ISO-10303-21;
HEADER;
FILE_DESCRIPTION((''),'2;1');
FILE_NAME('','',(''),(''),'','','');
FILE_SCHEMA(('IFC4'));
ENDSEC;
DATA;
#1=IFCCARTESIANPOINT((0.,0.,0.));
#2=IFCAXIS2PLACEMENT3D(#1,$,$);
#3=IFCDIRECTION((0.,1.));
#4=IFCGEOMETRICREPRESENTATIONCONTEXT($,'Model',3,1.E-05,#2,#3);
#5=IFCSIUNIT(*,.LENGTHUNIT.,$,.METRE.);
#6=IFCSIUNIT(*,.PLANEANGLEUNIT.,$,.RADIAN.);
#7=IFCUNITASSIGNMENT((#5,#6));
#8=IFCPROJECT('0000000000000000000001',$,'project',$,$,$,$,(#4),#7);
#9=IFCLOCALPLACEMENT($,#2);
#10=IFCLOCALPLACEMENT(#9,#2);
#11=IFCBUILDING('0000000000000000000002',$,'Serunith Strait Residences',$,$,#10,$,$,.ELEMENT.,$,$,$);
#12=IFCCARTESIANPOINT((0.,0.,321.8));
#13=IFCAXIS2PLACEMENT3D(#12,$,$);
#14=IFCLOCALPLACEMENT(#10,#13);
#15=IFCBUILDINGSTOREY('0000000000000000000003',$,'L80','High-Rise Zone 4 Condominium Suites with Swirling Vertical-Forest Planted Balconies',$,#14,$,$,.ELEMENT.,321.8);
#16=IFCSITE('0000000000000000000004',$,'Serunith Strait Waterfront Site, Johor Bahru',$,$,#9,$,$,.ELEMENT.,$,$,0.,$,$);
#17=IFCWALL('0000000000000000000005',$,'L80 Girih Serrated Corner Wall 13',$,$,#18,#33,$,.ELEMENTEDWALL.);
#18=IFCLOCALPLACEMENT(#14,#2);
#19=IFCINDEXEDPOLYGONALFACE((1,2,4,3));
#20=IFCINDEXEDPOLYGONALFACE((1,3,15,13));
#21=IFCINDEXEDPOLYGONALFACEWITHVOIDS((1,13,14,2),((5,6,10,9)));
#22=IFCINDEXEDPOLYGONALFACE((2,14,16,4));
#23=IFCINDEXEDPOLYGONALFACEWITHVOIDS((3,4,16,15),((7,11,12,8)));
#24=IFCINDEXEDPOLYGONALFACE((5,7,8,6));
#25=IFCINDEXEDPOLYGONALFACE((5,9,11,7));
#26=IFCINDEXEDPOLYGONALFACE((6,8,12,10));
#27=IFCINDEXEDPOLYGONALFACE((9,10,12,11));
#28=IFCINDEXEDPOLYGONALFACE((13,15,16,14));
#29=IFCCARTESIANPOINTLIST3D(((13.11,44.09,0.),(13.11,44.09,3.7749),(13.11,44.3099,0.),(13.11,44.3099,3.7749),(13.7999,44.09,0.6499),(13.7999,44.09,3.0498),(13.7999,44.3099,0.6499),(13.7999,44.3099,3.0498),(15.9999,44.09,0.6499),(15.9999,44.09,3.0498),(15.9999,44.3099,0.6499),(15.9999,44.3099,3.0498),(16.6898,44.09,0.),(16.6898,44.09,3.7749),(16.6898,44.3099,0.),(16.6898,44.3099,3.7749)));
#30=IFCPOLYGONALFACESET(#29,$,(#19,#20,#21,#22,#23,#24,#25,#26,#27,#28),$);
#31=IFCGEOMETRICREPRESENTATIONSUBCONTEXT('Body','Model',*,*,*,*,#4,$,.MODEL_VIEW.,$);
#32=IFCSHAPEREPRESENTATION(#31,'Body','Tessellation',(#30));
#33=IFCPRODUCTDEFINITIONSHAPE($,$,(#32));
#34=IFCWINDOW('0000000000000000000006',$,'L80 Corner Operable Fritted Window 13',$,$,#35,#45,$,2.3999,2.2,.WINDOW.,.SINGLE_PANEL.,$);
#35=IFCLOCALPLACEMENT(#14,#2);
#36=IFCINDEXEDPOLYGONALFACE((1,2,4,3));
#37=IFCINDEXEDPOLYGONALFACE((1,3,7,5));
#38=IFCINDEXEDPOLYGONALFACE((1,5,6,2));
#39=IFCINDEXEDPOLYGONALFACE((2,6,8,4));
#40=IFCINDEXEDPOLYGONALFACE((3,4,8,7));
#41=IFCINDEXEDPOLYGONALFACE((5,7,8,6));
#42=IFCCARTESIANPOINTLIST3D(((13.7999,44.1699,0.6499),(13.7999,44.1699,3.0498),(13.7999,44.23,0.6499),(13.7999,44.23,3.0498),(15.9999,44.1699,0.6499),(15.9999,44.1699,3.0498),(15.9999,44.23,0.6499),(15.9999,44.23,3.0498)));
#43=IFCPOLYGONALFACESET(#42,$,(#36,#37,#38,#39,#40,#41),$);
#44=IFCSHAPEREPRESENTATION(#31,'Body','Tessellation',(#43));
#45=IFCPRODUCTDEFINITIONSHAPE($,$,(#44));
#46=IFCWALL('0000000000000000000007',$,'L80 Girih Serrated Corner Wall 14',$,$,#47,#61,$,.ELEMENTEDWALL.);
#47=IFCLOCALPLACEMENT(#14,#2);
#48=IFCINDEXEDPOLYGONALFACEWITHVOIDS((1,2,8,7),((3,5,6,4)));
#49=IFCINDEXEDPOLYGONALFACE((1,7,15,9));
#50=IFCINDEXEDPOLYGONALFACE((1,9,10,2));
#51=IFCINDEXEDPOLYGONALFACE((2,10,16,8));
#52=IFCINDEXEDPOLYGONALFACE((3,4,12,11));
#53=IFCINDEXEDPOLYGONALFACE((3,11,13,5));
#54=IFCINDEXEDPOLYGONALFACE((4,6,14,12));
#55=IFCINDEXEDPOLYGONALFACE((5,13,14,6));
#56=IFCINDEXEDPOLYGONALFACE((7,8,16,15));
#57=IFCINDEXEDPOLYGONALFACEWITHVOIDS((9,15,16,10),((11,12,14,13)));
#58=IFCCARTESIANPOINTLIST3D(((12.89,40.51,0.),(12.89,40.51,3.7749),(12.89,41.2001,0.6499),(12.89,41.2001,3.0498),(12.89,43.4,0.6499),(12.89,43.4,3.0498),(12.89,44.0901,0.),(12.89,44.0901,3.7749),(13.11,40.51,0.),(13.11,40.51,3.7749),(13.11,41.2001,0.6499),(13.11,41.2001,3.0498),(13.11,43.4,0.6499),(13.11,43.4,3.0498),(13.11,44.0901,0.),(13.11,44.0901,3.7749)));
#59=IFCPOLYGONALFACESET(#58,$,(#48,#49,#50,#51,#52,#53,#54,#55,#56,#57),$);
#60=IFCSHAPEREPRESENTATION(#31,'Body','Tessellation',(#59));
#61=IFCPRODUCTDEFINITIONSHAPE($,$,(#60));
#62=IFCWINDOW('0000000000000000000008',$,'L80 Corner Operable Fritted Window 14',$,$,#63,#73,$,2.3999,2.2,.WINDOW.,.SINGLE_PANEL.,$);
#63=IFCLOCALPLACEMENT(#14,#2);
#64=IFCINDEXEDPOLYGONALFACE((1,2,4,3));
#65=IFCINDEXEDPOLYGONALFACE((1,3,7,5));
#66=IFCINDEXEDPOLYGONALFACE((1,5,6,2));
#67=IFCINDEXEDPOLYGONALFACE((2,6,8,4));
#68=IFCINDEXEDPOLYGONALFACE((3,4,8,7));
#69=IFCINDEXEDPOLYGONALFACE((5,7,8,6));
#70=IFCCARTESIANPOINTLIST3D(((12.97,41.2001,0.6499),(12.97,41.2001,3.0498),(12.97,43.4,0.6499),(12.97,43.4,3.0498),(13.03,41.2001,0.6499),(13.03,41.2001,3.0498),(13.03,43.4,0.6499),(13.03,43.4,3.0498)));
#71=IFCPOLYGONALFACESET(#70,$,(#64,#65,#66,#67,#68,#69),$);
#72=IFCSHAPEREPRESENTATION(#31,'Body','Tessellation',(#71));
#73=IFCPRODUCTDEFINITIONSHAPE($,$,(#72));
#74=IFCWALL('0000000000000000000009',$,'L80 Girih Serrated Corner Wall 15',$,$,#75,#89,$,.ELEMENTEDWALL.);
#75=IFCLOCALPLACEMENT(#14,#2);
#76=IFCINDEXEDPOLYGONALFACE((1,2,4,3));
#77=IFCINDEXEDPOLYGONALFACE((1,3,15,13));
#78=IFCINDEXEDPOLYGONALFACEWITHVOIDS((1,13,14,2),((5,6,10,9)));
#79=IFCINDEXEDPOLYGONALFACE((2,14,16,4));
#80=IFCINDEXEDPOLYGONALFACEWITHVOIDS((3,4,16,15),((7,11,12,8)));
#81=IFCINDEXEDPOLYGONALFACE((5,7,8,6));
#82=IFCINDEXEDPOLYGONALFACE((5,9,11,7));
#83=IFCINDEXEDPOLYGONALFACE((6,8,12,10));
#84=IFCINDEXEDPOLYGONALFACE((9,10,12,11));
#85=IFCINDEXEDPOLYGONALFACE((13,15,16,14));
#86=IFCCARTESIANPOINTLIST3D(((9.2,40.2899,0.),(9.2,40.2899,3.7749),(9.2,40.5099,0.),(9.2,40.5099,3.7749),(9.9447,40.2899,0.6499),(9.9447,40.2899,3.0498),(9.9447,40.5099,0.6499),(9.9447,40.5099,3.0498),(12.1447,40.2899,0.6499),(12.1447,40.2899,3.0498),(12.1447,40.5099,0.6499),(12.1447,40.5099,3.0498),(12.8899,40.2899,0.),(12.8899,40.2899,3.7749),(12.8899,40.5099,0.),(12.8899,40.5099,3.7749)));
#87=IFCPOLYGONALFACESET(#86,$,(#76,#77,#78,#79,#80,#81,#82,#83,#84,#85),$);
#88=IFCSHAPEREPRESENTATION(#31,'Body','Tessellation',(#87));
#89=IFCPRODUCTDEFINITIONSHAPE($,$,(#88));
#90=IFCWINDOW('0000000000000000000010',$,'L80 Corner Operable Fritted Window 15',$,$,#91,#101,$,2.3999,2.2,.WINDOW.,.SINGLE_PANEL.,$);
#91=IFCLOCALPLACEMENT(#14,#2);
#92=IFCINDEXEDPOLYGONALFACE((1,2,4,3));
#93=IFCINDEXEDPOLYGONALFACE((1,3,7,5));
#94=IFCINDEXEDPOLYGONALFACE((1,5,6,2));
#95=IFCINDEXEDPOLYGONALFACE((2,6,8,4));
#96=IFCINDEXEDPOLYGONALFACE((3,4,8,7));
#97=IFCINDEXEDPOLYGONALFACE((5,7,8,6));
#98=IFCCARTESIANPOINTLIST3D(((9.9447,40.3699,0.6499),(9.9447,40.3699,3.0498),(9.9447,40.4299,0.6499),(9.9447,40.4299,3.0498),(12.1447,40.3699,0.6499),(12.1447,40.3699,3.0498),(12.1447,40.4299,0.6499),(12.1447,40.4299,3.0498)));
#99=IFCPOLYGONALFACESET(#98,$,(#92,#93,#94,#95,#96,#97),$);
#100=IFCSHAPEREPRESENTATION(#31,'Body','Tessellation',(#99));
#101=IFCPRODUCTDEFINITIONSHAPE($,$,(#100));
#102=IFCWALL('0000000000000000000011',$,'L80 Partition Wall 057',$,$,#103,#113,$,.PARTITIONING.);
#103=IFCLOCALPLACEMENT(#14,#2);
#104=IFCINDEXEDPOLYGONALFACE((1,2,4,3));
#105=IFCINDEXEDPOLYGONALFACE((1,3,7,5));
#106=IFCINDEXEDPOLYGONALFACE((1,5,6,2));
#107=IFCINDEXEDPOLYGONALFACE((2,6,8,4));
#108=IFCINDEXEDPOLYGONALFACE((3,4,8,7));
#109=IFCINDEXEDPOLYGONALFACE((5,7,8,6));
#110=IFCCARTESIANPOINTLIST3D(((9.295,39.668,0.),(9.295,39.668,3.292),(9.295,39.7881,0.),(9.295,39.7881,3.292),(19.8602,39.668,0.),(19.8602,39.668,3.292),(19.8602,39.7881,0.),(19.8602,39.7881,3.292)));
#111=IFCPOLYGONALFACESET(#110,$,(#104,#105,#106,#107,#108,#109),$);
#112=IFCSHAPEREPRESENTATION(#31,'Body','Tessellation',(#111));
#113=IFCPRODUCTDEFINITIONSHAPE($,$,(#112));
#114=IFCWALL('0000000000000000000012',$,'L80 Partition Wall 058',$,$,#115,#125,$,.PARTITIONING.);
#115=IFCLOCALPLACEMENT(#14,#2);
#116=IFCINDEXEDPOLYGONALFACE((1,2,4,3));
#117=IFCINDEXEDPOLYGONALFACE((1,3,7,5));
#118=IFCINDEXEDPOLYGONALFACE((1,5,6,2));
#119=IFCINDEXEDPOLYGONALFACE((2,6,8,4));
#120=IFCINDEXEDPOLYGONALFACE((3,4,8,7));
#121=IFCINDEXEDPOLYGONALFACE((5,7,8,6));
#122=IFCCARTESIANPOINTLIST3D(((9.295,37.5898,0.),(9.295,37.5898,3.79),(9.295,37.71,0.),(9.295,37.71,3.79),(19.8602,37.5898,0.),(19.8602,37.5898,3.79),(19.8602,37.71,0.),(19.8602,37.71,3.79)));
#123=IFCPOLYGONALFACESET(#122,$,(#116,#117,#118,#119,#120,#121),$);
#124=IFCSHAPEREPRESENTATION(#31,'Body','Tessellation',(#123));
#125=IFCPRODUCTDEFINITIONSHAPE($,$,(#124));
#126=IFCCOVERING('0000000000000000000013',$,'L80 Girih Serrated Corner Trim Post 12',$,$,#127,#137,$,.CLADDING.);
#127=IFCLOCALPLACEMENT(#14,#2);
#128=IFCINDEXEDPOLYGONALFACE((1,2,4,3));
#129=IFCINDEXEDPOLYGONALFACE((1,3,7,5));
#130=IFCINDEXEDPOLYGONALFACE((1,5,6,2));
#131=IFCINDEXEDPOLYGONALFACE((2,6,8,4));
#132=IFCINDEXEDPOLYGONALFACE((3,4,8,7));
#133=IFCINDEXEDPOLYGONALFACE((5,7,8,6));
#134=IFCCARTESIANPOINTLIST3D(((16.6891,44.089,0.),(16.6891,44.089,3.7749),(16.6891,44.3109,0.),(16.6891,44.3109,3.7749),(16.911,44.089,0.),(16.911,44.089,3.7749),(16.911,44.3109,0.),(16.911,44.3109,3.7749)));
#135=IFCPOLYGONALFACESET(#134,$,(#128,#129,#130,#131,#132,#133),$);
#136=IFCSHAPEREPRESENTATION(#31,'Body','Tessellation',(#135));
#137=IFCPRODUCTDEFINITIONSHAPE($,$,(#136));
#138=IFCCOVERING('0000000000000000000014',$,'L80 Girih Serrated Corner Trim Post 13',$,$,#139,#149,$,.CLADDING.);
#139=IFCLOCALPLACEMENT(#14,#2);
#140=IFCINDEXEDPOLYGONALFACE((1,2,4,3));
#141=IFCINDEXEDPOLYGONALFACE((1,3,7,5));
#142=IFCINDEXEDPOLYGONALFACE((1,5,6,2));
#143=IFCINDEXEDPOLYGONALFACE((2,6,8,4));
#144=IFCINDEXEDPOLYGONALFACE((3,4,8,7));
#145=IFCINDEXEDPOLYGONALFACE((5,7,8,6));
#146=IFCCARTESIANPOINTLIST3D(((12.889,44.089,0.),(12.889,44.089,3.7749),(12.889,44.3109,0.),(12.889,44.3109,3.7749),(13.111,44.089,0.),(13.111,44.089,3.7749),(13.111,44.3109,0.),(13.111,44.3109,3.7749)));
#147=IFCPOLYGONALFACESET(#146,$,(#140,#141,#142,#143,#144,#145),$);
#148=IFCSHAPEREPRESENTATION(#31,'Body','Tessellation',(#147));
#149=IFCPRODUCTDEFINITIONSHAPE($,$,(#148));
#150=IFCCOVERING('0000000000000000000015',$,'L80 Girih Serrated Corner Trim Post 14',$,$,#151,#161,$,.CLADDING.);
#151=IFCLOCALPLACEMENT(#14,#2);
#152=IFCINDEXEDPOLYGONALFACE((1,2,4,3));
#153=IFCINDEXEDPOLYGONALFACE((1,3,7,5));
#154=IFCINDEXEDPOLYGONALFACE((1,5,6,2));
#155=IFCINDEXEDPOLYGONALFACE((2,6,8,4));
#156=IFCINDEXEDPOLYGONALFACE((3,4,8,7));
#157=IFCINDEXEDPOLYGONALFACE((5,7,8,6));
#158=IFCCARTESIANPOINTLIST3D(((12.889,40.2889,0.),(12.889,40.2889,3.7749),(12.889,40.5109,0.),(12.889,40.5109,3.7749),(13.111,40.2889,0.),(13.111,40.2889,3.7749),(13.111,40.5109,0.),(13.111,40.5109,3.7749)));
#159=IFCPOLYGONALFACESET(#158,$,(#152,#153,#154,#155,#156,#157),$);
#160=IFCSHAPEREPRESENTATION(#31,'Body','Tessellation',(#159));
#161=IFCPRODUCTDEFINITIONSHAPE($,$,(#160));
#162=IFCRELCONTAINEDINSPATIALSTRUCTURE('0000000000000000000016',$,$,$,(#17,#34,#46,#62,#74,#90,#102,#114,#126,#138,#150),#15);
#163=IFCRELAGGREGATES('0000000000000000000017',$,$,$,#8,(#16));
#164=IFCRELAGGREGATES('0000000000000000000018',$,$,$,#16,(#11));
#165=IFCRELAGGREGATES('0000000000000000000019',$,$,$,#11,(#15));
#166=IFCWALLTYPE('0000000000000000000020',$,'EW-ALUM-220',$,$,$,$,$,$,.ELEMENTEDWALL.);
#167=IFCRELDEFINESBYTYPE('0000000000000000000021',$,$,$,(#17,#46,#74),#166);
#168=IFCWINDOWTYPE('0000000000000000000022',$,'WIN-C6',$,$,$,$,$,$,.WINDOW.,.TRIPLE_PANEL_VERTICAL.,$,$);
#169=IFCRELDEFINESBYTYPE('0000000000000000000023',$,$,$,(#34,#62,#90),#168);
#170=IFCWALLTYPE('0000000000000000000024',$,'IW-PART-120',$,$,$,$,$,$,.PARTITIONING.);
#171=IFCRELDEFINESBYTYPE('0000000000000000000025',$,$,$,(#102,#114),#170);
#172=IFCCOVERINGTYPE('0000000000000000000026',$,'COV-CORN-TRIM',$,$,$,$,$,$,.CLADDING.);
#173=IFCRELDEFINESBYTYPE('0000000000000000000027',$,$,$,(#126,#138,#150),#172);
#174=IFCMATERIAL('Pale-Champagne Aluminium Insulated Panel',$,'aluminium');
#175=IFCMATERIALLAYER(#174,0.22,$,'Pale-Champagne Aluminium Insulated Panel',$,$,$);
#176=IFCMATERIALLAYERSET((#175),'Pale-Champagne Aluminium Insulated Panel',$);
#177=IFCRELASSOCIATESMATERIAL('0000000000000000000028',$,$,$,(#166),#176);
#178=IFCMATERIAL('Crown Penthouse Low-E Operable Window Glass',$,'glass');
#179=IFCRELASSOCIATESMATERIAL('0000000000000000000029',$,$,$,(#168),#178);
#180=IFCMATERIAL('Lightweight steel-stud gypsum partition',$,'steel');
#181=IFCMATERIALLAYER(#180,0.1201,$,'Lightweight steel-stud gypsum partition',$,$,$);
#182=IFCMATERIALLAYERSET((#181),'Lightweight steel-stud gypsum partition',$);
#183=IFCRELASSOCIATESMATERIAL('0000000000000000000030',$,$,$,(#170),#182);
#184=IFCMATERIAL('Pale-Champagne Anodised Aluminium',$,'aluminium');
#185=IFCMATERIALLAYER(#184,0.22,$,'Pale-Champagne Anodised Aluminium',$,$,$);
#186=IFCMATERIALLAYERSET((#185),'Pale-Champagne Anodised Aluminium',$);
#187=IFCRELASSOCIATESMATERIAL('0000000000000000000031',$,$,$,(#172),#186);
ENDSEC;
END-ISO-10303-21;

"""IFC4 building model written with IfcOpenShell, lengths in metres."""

from ifc_helpers import new_model, si_unit, direction, frame, frame_2d, origin, origin_2d, place, context, subcontext, project, spatial, rectangle, extrude, source, transform, mapped, material, layer, layer_set, type_object, element, fill, save


model = new_model("IFC4")

# Units and contexts
model_context = context("Model", 3, precision=1e-05, world=origin(), true_north=direction((0.0, 1.0)))
body_context = subcontext(model_context, "Body", "Model", "MODEL_VIEW")
ifc_project = project(units=[si_unit("LENGTHUNIT", "METRE"), si_unit("PLANEANGLEUNIT", "RADIAN")], contexts=[model_context])

# Site, building, storey
site_placement = place(None, origin())
site = spatial("IfcSite", under=ifc_project, at=site_placement, Name="Serunith Strait Waterfront Site, Johor Bahru", CompositionType="ELEMENT", RefElevation=0.0)
building_placement = place(site_placement, origin())
building = spatial("IfcBuilding", under=site, at=building_placement, Name="Serunith Strait Residences", CompositionType="ELEMENT")
storey_placement = place(building_placement, frame((0.0, 0.0, 321.8)))
storey = spatial("IfcBuildingStorey", under=building, at=storey_placement, Name="L80", Description="High-Rise Zone 4 Condominium Suites with Swirling Vertical-Forest Planted Balconies", CompositionType="ELEMENT", Elevation=321.8)

# Walls, openings, windows
ifc_material_1 = material(Name="Pale-Champagne Aluminium Insulated Panel", Category="aluminium")
ifc_layer_1 = layer(ifc_material_1, 0.22, Name="Pale-Champagne Aluminium Insulated Panel")
ifc_layer_set_1 = layer_set([ifc_layer_1], Name="Pale-Champagne Aluminium Insulated Panel")
wall_type_1 = type_object("IfcWallType", Name="EW-ALUM-220", PredefinedType="ELEMENTEDWALL", material=ifc_layer_set_1)
ifc_material_2 = material(Name="Crown Penthouse Low-E Operable Window Glass", Category="glass")
window_type = type_object("IfcWindowType", Name="WIN-C6", PartitioningType="TRIPLE_PANEL_VERTICAL", PredefinedType="WINDOW", material=ifc_material_2)
shared_shape_1 = source(origin(), body_context, "Body", "SweptSolid", [
    extrude(rectangle(XDim=2.2, YDim=2.3999, at=frame_2d((1.1001, 1.2))), frame((0.0, 0.03, 0.0), z_axis=(0.0, -1.0, 0.0), x_axis=(1.0, 0.0, 0.0)), (0.0, 0.0, 1.0), 0.0601),
])
wall_1_placement = place(storey_placement, frame((16.6899, 44.2, 0.0), z_axis=(0.0, 0.0, 1.0), x_axis=(-1.0, 0.0, 0.0)))
wall_1 = element("IfcWall", 1, at=wall_1_placement, inside=storey, type_object=wall_type_1, Name="L80 Girih Serrated Corner Wall 13", PredefinedType="ELEMENTEDWALL", context=body_context, shape_type="SweptSolid", body=[
    extrude(rectangle(XDim=3.5798, YDim=0.22, at=frame_2d((1.79, 0.0))), origin(), (0.0, 0.0, 1.0), 3.7749),
])
opening_1_placement = place(wall_1_placement, frame((0.6899, 0.0, 0.6499)))
opening_1 = element("IfcOpeningElement", 2, at=opening_1_placement, cuts=wall_1, PredefinedType="OPENING", context=body_context, shape_type="SweptSolid", body=[
    extrude(rectangle(XDim=2.2, YDim=2.3999, at=frame_2d((1.1001, 1.2))), frame((0.0, 0.1201, 0.0), z_axis=(0.0, -1.0, 0.0), x_axis=(1.0, 0.0, 0.0)), (0.0, 0.0, 1.0), 0.24),
])
window_1_placement = place(opening_1_placement, origin())
window_1 = element("IfcWindow", 3, at=window_1_placement, inside=storey, type_object=window_type, Name="L80 Corner Operable Fritted Window 13", OverallHeight=2.3999, OverallWidth=2.2, PartitioningType="SINGLE_PANEL", PredefinedType="WINDOW", context=body_context, shape_type="MappedRepresentation", body=[
    mapped(shared_shape_1, transform((0.0, 0.0, 0.0), scale=1.0)),
])
fill(opening_1, window_1)
wall_2_placement = place(storey_placement, frame((13.0, 44.0901, 0.0), z_axis=(0.0, 0.0, 1.0), x_axis=(0.0, -1.0, 0.0)))
wall_2 = element("IfcWall", 4, at=wall_2_placement, inside=storey, type_object=wall_type_1, Name="L80 Girih Serrated Corner Wall 14", PredefinedType="ELEMENTEDWALL", context=body_context, shape_type="SweptSolid", body=[
    extrude(rectangle(XDim=3.5801, YDim=0.22, at=frame_2d((1.79, 0.0))), origin(), (0.0, 0.0, 1.0), 3.7749),
])
opening_2_placement = place(wall_2_placement, frame((0.6899, 0.0, 0.6499)))
opening_2 = element("IfcOpeningElement", 5, at=opening_2_placement, cuts=wall_2, PredefinedType="OPENING", context=body_context, shape_type="SweptSolid", body=[
    extrude(rectangle(XDim=2.2, YDim=2.3999, at=frame_2d((1.1001, 1.2))), frame((0.0, 0.1201, 0.0), z_axis=(0.0, -1.0, 0.0), x_axis=(1.0, 0.0, 0.0)), (0.0, 0.0, 1.0), 0.24),
])
window_2_placement = place(opening_2_placement, origin())
window_2 = element("IfcWindow", 6, at=window_2_placement, inside=storey, type_object=window_type, Name="L80 Corner Operable Fritted Window 14", OverallHeight=2.3999, OverallWidth=2.2, PartitioningType="SINGLE_PANEL", PredefinedType="WINDOW", context=body_context, shape_type="MappedRepresentation", body=[
    mapped(shared_shape_1, transform((0.0, 0.0, 0.0), scale=1.0)),
])
fill(opening_2, window_2)
wall_3_placement = place(storey_placement, frame((12.8899, 40.3999, 0.0), z_axis=(0.0, 0.0, 1.0), x_axis=(-1.0, 0.0, 0.0)))
wall_3 = element("IfcWall", 7, at=wall_3_placement, inside=storey, type_object=wall_type_1, Name="L80 Girih Serrated Corner Wall 15", PredefinedType="ELEMENTEDWALL", context=body_context, shape_type="SweptSolid", body=[
    extrude(rectangle(XDim=3.6899, YDim=0.22, at=frame_2d((1.845, 0.0))), origin(), (0.0, 0.0, 1.0), 3.7749),
])
opening_3_placement = place(wall_3_placement, frame((0.7451, 0.0, 0.6499)))
opening_3 = element("IfcOpeningElement", 8, at=opening_3_placement, cuts=wall_3, PredefinedType="OPENING", context=body_context, shape_type="SweptSolid", body=[
    extrude(rectangle(XDim=2.2, YDim=2.3999, at=frame_2d((1.1001, 1.2))), frame((0.0, 0.1201, 0.0), z_axis=(0.0, -1.0, 0.0), x_axis=(1.0, 0.0, 0.0)), (0.0, 0.0, 1.0), 0.24),
])
window_3_placement = place(opening_3_placement, origin())
window_3 = element("IfcWindow", 9, at=window_3_placement, inside=storey, type_object=window_type, Name="L80 Corner Operable Fritted Window 15", OverallHeight=2.3999, OverallWidth=2.2, PartitioningType="SINGLE_PANEL", PredefinedType="WINDOW", context=body_context, shape_type="MappedRepresentation", body=[
    mapped(shared_shape_1, transform((0.0, 0.0, 0.0), scale=1.0)),
])
fill(opening_3, window_3)

# Walls
ifc_material_3 = material(Name="Lightweight steel-stud gypsum partition", Category="steel")
ifc_layer_2 = layer(ifc_material_3, 0.1201, Name="Lightweight steel-stud gypsum partition")
ifc_layer_set_2 = layer_set([ifc_layer_2], Name="Lightweight steel-stud gypsum partition")
wall_type_2 = type_object("IfcWallType", Name="IW-PART-120", PredefinedType="PARTITIONING", material=ifc_layer_set_2)
wall_4_placement = place(storey_placement, frame((9.2949, 39.728, 0.0), z_axis=(0.0, 0.0, 1.0), x_axis=(1.0, 0.0, 0.0)))
element("IfcWall", 10, at=wall_4_placement, inside=storey, type_object=wall_type_2, Name="L80 Partition Wall 057", PredefinedType="PARTITIONING", context=body_context, shape_type="SweptSolid", body=[
    extrude(rectangle(XDim=10.5652, YDim=0.1201, at=frame_2d((5.2827, 0.0))), origin(), (0.0, 0.0, 1.0), 3.292),
])
wall_5_placement = place(storey_placement, frame((9.2949, 37.6499, 0.0), z_axis=(0.0, 0.0, 1.0), x_axis=(1.0, 0.0, 0.0)))
element("IfcWall", 11, at=wall_5_placement, inside=storey, type_object=wall_type_2, Name="L80 Partition Wall 058", PredefinedType="PARTITIONING", context=body_context, shape_type="SweptSolid", body=[
    extrude(rectangle(XDim=10.5652, YDim=0.1201, at=frame_2d((5.2827, 0.0))), origin(), (0.0, 0.0, 1.0), 3.79),
])

# Coverings
ifc_material_4 = material(Name="Pale-Champagne Anodised Aluminium", Category="aluminium")
ifc_layer_3 = layer(ifc_material_4, 0.22, Name="Pale-Champagne Anodised Aluminium")
ifc_layer_set_3 = layer_set([ifc_layer_3], Name="Pale-Champagne Anodised Aluminium")
covering_type = type_object("IfcCoveringType", Name="COV-CORN-TRIM", PredefinedType="CLADDING", material=ifc_layer_set_3)
shared_shape_2 = source(origin(), body_context, "Body", "SweptSolid", [
    extrude(rectangle(XDim=0.2219, YDim=0.2219, at=origin_2d()), origin(), (0.0, 0.0, 1.0), 3.7749),
])
for number, where, z_axis, x_axis, name in (
    (12, (16.8, 44.2, 0.0), (0.0, 0.0, 1.0), (1.0, 0.0, 0.0), "L80 Girih Serrated Corner Trim Post 12"),
    (13, (13.0, 44.2, 0.0), (0.0, 0.0, 1.0), (1.0, 0.0, 0.0), "L80 Girih Serrated Corner Trim Post 13"),
    (14, (13.0, 40.3999, 0.0), (0.0, 0.0, 1.0), (1.0, 0.0, 0.0), "L80 Girih Serrated Corner Trim Post 14"),
):
    element("IfcCovering", number, at=place(storey_placement, frame(where, z_axis=z_axis, x_axis=x_axis)), inside=storey, type_object=covering_type, Name=name, PredefinedType="CLADDING", context=body_context, shape_type="MappedRepresentation", body=[
        mapped(shared_shape_2, transform((0.0, 0.0, 0.0), scale=1.0)),
    ])

save(model, "model.ifc")
